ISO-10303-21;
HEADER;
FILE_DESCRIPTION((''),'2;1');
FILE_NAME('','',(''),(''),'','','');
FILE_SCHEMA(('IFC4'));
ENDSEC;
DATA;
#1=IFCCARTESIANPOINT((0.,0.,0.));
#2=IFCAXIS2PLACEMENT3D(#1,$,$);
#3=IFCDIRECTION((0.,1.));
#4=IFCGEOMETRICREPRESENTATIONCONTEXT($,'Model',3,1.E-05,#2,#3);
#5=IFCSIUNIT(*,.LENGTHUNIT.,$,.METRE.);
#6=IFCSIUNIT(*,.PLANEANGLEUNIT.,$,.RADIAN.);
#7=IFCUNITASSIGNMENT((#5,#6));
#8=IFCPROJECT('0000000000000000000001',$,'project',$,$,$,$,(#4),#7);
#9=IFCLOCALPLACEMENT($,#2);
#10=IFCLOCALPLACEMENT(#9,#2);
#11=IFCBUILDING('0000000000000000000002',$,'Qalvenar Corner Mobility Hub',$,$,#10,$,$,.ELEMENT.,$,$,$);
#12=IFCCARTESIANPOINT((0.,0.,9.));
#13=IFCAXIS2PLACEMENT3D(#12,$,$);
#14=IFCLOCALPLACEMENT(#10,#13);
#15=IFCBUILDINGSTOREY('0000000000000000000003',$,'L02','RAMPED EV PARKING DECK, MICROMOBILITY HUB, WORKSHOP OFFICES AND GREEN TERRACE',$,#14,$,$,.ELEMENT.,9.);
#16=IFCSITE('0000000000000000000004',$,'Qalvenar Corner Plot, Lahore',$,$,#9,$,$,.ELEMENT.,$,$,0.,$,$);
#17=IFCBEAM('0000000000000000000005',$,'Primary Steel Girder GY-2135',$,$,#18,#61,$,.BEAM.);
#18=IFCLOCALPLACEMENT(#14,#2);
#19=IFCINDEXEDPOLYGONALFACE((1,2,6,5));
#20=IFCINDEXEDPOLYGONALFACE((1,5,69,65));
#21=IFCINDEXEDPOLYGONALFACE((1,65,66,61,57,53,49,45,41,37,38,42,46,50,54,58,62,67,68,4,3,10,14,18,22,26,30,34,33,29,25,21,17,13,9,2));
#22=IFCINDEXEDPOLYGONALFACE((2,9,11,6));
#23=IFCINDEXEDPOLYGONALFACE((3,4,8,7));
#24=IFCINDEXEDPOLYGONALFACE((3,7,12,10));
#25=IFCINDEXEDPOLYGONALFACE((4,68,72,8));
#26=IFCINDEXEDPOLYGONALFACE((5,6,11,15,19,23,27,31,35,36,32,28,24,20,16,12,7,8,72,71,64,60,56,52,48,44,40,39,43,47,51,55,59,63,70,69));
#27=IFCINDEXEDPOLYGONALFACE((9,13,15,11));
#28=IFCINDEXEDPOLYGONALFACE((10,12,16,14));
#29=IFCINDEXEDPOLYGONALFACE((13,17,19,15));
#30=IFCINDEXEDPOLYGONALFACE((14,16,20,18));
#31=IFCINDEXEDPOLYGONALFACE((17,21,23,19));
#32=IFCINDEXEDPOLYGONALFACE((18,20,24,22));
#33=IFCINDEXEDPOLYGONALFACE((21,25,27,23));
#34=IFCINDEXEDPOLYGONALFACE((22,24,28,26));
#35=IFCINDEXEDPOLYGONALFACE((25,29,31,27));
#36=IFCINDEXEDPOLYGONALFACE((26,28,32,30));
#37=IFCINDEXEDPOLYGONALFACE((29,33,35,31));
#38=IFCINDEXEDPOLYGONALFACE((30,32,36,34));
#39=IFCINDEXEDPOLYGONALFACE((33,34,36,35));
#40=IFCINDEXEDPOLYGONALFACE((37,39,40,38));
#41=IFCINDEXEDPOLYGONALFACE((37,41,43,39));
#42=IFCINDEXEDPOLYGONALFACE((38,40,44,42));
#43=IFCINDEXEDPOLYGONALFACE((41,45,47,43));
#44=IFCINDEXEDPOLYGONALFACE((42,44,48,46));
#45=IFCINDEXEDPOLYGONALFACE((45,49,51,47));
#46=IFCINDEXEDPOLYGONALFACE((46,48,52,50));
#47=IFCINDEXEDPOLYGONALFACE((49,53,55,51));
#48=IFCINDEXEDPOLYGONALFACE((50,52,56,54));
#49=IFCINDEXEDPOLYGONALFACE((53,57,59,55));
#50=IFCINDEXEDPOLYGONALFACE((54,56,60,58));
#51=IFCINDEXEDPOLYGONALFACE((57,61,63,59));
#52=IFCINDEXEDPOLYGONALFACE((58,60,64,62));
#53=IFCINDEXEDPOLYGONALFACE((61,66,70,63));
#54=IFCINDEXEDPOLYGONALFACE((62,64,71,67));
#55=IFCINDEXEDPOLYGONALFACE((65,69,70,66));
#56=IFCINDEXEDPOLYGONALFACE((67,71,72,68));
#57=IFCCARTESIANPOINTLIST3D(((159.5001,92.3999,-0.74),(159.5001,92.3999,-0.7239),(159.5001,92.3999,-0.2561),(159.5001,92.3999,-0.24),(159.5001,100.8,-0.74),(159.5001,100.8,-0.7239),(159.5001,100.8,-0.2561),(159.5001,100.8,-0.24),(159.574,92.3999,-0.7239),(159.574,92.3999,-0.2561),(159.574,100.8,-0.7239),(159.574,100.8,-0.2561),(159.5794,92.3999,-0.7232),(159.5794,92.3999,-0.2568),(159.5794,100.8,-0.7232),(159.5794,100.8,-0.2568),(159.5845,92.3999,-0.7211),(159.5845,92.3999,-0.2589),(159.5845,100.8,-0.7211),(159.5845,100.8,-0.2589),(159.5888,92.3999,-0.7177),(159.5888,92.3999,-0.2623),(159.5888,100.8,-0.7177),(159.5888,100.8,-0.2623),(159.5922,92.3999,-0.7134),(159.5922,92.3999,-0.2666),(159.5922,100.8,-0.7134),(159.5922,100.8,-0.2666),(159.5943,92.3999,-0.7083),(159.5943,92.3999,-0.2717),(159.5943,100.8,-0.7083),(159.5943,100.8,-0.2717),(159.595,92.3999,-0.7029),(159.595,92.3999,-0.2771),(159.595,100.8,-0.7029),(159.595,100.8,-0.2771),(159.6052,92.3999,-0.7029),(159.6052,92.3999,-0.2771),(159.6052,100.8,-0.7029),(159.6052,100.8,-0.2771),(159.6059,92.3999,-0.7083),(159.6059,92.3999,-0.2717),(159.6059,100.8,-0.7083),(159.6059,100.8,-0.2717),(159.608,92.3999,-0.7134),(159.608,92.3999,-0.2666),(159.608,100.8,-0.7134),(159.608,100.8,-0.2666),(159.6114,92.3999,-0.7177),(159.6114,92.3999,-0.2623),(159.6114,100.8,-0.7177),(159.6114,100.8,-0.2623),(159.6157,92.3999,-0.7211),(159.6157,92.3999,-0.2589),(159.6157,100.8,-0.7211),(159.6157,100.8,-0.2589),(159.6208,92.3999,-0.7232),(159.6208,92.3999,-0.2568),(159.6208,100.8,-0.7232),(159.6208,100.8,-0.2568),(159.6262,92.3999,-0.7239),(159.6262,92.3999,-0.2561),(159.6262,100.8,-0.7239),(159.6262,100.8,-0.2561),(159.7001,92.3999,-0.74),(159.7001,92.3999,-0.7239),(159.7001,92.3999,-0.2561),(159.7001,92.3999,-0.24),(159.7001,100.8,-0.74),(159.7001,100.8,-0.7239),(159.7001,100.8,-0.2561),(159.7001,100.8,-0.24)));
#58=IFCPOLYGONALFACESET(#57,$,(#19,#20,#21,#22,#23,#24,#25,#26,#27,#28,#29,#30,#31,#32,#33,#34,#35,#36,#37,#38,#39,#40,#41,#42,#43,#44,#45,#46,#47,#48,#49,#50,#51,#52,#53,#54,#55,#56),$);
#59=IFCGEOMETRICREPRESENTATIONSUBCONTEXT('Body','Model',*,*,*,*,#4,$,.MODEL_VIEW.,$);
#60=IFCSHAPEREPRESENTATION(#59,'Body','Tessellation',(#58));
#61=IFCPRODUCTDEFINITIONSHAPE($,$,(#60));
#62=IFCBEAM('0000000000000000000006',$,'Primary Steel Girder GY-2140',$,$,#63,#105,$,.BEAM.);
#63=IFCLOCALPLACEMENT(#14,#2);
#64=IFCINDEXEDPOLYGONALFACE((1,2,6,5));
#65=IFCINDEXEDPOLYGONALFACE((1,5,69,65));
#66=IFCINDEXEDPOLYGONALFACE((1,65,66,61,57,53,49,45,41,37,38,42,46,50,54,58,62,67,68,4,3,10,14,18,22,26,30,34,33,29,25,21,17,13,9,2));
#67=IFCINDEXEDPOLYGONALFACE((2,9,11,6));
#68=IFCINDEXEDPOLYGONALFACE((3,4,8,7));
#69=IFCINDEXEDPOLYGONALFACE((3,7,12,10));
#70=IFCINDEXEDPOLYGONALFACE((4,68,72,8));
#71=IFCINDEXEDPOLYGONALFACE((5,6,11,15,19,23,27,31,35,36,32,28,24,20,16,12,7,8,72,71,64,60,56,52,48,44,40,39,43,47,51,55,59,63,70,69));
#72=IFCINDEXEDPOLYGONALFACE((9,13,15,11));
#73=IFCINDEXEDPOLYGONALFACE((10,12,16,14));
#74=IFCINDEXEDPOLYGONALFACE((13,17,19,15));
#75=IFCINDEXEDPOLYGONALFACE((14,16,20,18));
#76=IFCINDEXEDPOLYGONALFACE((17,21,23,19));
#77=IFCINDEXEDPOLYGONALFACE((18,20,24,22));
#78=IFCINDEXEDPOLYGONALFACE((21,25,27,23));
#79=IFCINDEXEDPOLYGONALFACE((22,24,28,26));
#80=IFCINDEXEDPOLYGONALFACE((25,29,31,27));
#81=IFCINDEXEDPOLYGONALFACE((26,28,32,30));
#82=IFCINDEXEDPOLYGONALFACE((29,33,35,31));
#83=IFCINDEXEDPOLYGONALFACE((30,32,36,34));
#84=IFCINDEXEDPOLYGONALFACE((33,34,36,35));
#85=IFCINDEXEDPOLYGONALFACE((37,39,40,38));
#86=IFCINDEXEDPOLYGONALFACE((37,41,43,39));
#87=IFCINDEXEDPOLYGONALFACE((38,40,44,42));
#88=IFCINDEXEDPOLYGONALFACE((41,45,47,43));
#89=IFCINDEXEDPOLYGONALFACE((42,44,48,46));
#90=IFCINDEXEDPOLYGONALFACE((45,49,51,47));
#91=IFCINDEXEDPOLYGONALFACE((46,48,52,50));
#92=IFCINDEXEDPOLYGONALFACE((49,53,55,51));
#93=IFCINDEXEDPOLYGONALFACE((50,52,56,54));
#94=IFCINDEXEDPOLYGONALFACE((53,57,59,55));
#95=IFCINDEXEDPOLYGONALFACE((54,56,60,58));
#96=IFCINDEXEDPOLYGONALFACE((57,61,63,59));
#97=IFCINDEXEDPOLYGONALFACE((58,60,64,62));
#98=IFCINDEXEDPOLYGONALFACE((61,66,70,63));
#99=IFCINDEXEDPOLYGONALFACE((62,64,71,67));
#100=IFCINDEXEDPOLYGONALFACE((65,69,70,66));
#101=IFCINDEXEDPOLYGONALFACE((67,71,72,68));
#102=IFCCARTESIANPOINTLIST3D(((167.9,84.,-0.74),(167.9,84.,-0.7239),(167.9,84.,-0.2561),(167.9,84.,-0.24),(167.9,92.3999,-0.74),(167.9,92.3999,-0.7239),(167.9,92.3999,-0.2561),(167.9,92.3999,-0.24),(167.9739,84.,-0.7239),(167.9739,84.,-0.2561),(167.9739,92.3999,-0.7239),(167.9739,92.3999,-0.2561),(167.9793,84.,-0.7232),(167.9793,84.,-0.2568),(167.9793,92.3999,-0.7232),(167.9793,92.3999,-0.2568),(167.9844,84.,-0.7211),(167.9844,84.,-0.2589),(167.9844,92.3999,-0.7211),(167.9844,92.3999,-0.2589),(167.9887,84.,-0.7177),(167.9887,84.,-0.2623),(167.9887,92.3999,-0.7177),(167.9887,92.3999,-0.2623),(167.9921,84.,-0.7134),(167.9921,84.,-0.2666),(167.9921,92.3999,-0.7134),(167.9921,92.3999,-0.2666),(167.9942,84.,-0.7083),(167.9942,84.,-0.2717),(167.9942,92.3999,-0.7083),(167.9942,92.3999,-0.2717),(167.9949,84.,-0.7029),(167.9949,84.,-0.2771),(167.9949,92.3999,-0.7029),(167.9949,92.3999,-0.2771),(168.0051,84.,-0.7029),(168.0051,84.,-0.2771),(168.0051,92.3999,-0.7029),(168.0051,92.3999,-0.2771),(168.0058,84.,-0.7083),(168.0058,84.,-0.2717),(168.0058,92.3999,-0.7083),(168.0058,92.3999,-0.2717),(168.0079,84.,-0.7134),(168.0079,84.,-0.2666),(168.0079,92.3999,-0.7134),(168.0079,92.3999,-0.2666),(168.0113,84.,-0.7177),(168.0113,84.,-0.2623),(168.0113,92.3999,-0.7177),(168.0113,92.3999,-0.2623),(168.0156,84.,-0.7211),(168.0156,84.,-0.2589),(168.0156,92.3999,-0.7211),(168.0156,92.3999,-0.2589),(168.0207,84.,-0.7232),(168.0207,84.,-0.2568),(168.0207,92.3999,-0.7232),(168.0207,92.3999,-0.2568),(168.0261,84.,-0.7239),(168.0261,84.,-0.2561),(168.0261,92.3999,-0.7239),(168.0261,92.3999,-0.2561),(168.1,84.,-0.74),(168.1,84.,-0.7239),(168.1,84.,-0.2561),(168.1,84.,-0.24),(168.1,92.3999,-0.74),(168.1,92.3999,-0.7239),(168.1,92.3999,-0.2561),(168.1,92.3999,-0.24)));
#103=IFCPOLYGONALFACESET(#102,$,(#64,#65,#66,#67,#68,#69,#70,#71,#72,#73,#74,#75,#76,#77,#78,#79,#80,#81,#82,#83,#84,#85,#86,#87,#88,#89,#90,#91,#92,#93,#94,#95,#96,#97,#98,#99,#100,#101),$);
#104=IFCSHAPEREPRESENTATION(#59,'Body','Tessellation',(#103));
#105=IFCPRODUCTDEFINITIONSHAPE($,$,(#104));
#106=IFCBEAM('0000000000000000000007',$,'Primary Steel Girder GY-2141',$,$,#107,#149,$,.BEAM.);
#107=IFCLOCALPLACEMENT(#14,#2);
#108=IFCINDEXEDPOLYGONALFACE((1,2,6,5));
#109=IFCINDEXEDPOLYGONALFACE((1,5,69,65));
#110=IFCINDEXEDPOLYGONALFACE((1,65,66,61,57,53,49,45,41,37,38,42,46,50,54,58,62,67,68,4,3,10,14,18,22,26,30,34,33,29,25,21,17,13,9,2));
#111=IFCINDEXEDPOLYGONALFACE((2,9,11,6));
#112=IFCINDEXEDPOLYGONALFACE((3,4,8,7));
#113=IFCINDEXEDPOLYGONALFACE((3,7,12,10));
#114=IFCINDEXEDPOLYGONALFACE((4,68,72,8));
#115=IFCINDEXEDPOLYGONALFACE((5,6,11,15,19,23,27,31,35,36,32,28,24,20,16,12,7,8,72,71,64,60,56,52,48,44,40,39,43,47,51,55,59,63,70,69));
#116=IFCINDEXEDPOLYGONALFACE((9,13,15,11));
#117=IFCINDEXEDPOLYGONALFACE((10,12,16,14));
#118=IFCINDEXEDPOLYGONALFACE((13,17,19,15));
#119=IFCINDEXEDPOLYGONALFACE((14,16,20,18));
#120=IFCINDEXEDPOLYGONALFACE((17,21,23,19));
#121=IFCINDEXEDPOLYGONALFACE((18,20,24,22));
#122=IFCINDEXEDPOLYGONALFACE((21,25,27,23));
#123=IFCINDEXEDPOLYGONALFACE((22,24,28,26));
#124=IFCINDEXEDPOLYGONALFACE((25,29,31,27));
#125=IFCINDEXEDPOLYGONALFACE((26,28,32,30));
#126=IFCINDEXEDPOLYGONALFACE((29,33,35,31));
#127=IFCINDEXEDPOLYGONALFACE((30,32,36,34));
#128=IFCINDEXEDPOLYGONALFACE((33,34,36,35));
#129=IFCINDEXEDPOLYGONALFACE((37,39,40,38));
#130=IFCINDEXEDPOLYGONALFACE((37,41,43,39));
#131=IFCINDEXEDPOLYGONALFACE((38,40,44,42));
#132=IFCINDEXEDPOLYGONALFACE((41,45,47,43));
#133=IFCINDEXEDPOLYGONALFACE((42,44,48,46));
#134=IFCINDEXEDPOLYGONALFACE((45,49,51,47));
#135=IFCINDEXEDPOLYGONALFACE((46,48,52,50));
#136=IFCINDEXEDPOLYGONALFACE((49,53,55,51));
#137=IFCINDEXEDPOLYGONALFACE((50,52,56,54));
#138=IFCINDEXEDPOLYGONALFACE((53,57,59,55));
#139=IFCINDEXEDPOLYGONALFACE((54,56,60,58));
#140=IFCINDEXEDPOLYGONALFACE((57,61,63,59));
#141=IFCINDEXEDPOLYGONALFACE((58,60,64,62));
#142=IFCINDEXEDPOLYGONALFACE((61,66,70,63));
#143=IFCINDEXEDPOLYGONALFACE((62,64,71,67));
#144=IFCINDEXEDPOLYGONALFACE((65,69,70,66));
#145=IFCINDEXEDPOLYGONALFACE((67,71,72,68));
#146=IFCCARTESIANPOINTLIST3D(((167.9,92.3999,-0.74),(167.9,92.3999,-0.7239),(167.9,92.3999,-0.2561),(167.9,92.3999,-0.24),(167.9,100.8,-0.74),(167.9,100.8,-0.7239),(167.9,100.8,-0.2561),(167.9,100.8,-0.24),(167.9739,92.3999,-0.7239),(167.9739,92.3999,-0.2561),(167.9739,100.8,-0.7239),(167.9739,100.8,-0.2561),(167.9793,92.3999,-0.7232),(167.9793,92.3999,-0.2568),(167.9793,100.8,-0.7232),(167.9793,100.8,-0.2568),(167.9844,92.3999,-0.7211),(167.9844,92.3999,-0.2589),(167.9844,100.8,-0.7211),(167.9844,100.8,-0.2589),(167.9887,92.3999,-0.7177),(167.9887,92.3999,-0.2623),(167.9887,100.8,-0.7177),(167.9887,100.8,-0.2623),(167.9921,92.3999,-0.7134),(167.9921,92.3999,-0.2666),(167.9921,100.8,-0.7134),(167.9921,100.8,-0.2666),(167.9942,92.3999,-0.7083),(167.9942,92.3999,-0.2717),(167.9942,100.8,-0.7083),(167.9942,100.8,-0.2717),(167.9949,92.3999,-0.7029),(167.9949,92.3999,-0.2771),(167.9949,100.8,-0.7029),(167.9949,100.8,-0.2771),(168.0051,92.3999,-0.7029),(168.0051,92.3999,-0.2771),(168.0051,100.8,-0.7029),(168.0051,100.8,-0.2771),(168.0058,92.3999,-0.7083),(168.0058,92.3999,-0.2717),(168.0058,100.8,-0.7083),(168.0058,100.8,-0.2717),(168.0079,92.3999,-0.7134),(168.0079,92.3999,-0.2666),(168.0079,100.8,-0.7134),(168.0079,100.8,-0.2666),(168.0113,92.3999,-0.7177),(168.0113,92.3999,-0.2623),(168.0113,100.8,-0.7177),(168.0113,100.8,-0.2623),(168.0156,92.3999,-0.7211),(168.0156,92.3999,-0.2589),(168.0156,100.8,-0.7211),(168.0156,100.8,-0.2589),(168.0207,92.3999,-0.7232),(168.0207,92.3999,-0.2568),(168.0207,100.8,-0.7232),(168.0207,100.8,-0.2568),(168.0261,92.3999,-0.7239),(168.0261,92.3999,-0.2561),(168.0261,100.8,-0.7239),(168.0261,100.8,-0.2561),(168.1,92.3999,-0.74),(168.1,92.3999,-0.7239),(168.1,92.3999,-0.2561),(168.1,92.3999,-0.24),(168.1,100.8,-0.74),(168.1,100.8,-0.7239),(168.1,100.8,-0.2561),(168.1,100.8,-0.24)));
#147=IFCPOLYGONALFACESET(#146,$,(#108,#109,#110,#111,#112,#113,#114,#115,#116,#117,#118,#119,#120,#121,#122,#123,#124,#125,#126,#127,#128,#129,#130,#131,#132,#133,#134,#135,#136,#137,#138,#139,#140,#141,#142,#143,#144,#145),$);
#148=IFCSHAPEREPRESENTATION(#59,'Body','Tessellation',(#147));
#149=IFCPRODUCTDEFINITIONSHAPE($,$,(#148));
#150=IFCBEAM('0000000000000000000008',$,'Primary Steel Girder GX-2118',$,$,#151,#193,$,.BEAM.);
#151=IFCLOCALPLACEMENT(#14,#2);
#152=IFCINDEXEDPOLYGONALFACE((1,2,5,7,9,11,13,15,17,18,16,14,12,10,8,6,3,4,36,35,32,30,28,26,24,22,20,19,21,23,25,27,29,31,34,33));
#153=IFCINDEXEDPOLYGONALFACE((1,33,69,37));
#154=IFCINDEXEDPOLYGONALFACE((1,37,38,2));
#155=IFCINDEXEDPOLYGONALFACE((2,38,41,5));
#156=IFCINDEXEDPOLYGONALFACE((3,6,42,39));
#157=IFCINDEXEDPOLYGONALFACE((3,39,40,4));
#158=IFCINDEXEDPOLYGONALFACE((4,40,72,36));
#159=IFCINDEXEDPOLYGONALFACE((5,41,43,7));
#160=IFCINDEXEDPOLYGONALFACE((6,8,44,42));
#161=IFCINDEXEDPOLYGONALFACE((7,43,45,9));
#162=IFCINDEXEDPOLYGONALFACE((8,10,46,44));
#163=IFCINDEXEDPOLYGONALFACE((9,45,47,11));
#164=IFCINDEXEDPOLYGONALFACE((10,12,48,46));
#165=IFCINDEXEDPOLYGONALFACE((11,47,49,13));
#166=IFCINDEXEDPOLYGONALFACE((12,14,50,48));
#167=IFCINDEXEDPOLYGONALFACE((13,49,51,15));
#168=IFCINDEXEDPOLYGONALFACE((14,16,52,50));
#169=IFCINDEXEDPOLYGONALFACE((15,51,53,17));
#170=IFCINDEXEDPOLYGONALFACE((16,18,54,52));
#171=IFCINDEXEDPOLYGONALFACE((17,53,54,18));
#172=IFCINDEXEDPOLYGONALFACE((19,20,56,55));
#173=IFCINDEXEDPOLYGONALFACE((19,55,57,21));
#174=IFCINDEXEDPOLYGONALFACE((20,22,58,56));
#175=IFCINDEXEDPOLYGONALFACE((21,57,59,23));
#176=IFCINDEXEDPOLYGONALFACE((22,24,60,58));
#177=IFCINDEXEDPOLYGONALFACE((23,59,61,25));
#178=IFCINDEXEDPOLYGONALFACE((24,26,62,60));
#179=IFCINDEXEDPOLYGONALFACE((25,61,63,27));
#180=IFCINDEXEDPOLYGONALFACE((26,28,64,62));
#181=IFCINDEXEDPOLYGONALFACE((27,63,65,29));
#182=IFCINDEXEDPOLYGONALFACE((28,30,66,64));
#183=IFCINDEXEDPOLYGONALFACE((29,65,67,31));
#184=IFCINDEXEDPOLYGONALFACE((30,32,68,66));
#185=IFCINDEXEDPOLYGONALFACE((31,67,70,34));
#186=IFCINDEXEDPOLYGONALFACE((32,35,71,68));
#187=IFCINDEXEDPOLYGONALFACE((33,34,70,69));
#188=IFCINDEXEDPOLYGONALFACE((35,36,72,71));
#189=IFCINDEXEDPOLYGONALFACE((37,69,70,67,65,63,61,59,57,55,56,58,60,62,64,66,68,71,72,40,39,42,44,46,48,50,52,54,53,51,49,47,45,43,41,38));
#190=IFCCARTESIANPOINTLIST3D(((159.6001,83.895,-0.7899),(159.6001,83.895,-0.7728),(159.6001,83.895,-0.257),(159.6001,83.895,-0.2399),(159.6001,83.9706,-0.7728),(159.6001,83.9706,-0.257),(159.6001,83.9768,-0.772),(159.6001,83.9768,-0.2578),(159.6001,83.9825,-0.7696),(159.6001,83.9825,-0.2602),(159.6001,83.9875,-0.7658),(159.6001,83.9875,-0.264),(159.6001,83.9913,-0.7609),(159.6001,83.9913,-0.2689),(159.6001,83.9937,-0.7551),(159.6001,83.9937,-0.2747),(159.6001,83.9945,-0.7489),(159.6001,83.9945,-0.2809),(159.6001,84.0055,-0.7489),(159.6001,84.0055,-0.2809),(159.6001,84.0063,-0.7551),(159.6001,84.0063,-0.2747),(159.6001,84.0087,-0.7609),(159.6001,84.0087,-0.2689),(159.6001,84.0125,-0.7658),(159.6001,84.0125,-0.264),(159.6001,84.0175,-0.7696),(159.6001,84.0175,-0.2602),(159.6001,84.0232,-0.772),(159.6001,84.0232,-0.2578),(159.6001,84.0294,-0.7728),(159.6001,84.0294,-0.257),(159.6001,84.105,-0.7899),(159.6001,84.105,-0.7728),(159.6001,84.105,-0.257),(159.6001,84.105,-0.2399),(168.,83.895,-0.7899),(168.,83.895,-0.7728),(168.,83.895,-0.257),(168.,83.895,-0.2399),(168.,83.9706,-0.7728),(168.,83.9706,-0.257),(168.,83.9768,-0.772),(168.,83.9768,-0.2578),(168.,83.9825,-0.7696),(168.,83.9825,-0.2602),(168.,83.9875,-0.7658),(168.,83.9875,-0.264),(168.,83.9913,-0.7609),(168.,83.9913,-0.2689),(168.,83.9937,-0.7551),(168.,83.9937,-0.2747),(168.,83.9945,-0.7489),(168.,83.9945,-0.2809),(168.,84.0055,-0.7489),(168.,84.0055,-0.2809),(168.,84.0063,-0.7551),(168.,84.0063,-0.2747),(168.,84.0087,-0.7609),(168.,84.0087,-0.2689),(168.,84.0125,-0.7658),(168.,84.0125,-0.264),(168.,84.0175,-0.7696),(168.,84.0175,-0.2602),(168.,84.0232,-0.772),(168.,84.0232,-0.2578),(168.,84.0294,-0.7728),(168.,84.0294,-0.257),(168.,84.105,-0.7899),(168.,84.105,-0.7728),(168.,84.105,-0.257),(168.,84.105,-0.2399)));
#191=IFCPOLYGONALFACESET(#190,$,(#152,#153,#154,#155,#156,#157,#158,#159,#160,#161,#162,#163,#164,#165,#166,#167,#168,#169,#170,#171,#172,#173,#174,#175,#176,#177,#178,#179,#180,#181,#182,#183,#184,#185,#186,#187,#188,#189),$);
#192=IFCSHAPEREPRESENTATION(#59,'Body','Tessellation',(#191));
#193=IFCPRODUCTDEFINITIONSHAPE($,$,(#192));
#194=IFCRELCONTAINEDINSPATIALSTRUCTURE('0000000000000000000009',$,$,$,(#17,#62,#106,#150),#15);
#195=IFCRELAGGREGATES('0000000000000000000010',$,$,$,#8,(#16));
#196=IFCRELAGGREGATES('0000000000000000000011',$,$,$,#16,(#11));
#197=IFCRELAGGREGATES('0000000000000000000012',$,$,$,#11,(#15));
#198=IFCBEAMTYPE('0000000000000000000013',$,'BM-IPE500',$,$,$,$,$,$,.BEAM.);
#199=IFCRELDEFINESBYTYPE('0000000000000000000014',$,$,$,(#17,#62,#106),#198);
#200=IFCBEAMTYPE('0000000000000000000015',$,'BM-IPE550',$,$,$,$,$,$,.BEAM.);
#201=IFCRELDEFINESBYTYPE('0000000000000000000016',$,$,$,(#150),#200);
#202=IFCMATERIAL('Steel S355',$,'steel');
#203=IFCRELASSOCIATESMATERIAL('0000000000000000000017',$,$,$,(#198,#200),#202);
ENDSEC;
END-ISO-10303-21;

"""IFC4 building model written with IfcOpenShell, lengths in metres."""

from ifc_helpers import new_model, si_unit, direction, frame, origin, origin_2d, place, context, subcontext, project, spatial, i_section, extrude, material, material_profile, profile_set, type_object, element, save


model = new_model("IFC4")

# Units and contexts
model_context = context("Model", 3, precision=1e-05, world=origin(), true_north=direction((0.0, 1.0)))
body_context = subcontext(model_context, "Body", "Model", "MODEL_VIEW")
ifc_project = project(units=[si_unit("LENGTHUNIT", "METRE"), si_unit("PLANEANGLEUNIT", "RADIAN")], contexts=[model_context])

# Site, building, storey
site_placement = place(None, origin())
site = spatial("IfcSite", under=ifc_project, at=site_placement, Name="Qalvenar Corner Plot, Lahore", CompositionType="ELEMENT", RefElevation=0.0)
building_placement = place(site_placement, origin())
building = spatial("IfcBuilding", under=site, at=building_placement, Name="Qalvenar Corner Mobility Hub", CompositionType="ELEMENT")
storey_placement = place(building_placement, frame((0.0, 0.0, 9.0)))
storey = spatial("IfcBuildingStorey", under=building, at=storey_placement, Name="L02", Description="RAMPED EV PARKING DECK, MICROMOBILITY HUB, WORKSHOP OFFICES AND GREEN TERRACE", CompositionType="ELEMENT", Elevation=9.0)

# Shared definitions
ifc_material_1 = material(Name="Steel S355", Category="steel")

# Beams
ifc_material_profile_1 = material_profile(ifc_material_1, i_section(OverallWidth=0.2, OverallDepth=0.5, WebThickness=0.0103, FlangeThickness=0.0161, FilletRadius=0.021, at=origin_2d()), Name="IPE500")
ifc_profile_set_1 = profile_set([ifc_material_profile_1], Name="Steel S355")
beam_type_1 = type_object("IfcBeamType", Name="BM-IPE500", PredefinedType="BEAM", material=ifc_profile_set_1)
beam_1_placement = place(storey_placement, frame((159.6001, 92.3999, -0.49), z_axis=(0.0, 1.0, 0.0), x_axis=(-1.0, 0.0, 0.0)))
element("IfcBeam", 1, at=beam_1_placement, inside=storey, type_object=beam_type_1, Name="Primary Steel Girder GY-2135", PredefinedType="BEAM", context=body_context, shape_type="SweptSolid", body=[
    extrude(i_section(OverallWidth=0.2, OverallDepth=0.5, WebThickness=0.0103, FlangeThickness=0.0161, FilletRadius=0.021, at=origin_2d()), origin(), (0.0, 0.0, 1.0), 8.4001),
])
beam_2_placement = place(storey_placement, frame((168.0, 84.0, -0.49), z_axis=(0.0, 1.0, 0.0), x_axis=(-1.0, 0.0, 0.0)))
element("IfcBeam", 2, at=beam_2_placement, inside=storey, type_object=beam_type_1, Name="Primary Steel Girder GY-2140", PredefinedType="BEAM", context=body_context, shape_type="SweptSolid", body=[
    extrude(i_section(OverallWidth=0.2, OverallDepth=0.5, WebThickness=0.0103, FlangeThickness=0.0161, FilletRadius=0.021, at=origin_2d()), origin(), (0.0, 0.0, 1.0), 8.3999),
])
beam_3_placement = place(storey_placement, frame((168.0, 92.3999, -0.49), z_axis=(0.0, 1.0, 0.0), x_axis=(-1.0, 0.0, 0.0)))
element("IfcBeam", 3, at=beam_3_placement, inside=storey, type_object=beam_type_1, Name="Primary Steel Girder GY-2141", PredefinedType="BEAM", context=body_context, shape_type="SweptSolid", body=[
    extrude(i_section(OverallWidth=0.2, OverallDepth=0.5, WebThickness=0.0103, FlangeThickness=0.0161, FilletRadius=0.021, at=origin_2d()), origin(), (0.0, 0.0, 1.0), 8.4001),
])
ifc_material_profile_2 = material_profile(ifc_material_1, i_section(OverallWidth=0.21, OverallDepth=0.55, WebThickness=0.011, FlangeThickness=0.0171, FilletRadius=0.0239, at=origin_2d()), Name="IPE550")
ifc_profile_set_2 = profile_set([ifc_material_profile_2], Name="Steel S355")
beam_type_2 = type_object("IfcBeamType", Name="BM-IPE550", PredefinedType="BEAM", material=ifc_profile_set_2)
for number, where, z_axis, x_axis, name in (
    (4, (159.6001, 84.0, -0.5149), (1.0, 0.0, 0.0), (0.0, 1.0, 0.0), "Primary Steel Girder GX-2118"),
):
    element("IfcBeam", number, at=place(storey_placement, frame(where, z_axis=z_axis, x_axis=x_axis)), inside=storey, type_object=beam_type_2, Name=name, PredefinedType="BEAM", context=body_context, shape_type="SweptSolid", body=[
        extrude(i_section(OverallWidth=0.21, OverallDepth=0.55, WebThickness=0.011, FlangeThickness=0.0171, FilletRadius=0.0239, at=origin_2d()), origin(), (0.0, 0.0, 1.0), 8.3999),
    ])

save(model, "model.ifc")
